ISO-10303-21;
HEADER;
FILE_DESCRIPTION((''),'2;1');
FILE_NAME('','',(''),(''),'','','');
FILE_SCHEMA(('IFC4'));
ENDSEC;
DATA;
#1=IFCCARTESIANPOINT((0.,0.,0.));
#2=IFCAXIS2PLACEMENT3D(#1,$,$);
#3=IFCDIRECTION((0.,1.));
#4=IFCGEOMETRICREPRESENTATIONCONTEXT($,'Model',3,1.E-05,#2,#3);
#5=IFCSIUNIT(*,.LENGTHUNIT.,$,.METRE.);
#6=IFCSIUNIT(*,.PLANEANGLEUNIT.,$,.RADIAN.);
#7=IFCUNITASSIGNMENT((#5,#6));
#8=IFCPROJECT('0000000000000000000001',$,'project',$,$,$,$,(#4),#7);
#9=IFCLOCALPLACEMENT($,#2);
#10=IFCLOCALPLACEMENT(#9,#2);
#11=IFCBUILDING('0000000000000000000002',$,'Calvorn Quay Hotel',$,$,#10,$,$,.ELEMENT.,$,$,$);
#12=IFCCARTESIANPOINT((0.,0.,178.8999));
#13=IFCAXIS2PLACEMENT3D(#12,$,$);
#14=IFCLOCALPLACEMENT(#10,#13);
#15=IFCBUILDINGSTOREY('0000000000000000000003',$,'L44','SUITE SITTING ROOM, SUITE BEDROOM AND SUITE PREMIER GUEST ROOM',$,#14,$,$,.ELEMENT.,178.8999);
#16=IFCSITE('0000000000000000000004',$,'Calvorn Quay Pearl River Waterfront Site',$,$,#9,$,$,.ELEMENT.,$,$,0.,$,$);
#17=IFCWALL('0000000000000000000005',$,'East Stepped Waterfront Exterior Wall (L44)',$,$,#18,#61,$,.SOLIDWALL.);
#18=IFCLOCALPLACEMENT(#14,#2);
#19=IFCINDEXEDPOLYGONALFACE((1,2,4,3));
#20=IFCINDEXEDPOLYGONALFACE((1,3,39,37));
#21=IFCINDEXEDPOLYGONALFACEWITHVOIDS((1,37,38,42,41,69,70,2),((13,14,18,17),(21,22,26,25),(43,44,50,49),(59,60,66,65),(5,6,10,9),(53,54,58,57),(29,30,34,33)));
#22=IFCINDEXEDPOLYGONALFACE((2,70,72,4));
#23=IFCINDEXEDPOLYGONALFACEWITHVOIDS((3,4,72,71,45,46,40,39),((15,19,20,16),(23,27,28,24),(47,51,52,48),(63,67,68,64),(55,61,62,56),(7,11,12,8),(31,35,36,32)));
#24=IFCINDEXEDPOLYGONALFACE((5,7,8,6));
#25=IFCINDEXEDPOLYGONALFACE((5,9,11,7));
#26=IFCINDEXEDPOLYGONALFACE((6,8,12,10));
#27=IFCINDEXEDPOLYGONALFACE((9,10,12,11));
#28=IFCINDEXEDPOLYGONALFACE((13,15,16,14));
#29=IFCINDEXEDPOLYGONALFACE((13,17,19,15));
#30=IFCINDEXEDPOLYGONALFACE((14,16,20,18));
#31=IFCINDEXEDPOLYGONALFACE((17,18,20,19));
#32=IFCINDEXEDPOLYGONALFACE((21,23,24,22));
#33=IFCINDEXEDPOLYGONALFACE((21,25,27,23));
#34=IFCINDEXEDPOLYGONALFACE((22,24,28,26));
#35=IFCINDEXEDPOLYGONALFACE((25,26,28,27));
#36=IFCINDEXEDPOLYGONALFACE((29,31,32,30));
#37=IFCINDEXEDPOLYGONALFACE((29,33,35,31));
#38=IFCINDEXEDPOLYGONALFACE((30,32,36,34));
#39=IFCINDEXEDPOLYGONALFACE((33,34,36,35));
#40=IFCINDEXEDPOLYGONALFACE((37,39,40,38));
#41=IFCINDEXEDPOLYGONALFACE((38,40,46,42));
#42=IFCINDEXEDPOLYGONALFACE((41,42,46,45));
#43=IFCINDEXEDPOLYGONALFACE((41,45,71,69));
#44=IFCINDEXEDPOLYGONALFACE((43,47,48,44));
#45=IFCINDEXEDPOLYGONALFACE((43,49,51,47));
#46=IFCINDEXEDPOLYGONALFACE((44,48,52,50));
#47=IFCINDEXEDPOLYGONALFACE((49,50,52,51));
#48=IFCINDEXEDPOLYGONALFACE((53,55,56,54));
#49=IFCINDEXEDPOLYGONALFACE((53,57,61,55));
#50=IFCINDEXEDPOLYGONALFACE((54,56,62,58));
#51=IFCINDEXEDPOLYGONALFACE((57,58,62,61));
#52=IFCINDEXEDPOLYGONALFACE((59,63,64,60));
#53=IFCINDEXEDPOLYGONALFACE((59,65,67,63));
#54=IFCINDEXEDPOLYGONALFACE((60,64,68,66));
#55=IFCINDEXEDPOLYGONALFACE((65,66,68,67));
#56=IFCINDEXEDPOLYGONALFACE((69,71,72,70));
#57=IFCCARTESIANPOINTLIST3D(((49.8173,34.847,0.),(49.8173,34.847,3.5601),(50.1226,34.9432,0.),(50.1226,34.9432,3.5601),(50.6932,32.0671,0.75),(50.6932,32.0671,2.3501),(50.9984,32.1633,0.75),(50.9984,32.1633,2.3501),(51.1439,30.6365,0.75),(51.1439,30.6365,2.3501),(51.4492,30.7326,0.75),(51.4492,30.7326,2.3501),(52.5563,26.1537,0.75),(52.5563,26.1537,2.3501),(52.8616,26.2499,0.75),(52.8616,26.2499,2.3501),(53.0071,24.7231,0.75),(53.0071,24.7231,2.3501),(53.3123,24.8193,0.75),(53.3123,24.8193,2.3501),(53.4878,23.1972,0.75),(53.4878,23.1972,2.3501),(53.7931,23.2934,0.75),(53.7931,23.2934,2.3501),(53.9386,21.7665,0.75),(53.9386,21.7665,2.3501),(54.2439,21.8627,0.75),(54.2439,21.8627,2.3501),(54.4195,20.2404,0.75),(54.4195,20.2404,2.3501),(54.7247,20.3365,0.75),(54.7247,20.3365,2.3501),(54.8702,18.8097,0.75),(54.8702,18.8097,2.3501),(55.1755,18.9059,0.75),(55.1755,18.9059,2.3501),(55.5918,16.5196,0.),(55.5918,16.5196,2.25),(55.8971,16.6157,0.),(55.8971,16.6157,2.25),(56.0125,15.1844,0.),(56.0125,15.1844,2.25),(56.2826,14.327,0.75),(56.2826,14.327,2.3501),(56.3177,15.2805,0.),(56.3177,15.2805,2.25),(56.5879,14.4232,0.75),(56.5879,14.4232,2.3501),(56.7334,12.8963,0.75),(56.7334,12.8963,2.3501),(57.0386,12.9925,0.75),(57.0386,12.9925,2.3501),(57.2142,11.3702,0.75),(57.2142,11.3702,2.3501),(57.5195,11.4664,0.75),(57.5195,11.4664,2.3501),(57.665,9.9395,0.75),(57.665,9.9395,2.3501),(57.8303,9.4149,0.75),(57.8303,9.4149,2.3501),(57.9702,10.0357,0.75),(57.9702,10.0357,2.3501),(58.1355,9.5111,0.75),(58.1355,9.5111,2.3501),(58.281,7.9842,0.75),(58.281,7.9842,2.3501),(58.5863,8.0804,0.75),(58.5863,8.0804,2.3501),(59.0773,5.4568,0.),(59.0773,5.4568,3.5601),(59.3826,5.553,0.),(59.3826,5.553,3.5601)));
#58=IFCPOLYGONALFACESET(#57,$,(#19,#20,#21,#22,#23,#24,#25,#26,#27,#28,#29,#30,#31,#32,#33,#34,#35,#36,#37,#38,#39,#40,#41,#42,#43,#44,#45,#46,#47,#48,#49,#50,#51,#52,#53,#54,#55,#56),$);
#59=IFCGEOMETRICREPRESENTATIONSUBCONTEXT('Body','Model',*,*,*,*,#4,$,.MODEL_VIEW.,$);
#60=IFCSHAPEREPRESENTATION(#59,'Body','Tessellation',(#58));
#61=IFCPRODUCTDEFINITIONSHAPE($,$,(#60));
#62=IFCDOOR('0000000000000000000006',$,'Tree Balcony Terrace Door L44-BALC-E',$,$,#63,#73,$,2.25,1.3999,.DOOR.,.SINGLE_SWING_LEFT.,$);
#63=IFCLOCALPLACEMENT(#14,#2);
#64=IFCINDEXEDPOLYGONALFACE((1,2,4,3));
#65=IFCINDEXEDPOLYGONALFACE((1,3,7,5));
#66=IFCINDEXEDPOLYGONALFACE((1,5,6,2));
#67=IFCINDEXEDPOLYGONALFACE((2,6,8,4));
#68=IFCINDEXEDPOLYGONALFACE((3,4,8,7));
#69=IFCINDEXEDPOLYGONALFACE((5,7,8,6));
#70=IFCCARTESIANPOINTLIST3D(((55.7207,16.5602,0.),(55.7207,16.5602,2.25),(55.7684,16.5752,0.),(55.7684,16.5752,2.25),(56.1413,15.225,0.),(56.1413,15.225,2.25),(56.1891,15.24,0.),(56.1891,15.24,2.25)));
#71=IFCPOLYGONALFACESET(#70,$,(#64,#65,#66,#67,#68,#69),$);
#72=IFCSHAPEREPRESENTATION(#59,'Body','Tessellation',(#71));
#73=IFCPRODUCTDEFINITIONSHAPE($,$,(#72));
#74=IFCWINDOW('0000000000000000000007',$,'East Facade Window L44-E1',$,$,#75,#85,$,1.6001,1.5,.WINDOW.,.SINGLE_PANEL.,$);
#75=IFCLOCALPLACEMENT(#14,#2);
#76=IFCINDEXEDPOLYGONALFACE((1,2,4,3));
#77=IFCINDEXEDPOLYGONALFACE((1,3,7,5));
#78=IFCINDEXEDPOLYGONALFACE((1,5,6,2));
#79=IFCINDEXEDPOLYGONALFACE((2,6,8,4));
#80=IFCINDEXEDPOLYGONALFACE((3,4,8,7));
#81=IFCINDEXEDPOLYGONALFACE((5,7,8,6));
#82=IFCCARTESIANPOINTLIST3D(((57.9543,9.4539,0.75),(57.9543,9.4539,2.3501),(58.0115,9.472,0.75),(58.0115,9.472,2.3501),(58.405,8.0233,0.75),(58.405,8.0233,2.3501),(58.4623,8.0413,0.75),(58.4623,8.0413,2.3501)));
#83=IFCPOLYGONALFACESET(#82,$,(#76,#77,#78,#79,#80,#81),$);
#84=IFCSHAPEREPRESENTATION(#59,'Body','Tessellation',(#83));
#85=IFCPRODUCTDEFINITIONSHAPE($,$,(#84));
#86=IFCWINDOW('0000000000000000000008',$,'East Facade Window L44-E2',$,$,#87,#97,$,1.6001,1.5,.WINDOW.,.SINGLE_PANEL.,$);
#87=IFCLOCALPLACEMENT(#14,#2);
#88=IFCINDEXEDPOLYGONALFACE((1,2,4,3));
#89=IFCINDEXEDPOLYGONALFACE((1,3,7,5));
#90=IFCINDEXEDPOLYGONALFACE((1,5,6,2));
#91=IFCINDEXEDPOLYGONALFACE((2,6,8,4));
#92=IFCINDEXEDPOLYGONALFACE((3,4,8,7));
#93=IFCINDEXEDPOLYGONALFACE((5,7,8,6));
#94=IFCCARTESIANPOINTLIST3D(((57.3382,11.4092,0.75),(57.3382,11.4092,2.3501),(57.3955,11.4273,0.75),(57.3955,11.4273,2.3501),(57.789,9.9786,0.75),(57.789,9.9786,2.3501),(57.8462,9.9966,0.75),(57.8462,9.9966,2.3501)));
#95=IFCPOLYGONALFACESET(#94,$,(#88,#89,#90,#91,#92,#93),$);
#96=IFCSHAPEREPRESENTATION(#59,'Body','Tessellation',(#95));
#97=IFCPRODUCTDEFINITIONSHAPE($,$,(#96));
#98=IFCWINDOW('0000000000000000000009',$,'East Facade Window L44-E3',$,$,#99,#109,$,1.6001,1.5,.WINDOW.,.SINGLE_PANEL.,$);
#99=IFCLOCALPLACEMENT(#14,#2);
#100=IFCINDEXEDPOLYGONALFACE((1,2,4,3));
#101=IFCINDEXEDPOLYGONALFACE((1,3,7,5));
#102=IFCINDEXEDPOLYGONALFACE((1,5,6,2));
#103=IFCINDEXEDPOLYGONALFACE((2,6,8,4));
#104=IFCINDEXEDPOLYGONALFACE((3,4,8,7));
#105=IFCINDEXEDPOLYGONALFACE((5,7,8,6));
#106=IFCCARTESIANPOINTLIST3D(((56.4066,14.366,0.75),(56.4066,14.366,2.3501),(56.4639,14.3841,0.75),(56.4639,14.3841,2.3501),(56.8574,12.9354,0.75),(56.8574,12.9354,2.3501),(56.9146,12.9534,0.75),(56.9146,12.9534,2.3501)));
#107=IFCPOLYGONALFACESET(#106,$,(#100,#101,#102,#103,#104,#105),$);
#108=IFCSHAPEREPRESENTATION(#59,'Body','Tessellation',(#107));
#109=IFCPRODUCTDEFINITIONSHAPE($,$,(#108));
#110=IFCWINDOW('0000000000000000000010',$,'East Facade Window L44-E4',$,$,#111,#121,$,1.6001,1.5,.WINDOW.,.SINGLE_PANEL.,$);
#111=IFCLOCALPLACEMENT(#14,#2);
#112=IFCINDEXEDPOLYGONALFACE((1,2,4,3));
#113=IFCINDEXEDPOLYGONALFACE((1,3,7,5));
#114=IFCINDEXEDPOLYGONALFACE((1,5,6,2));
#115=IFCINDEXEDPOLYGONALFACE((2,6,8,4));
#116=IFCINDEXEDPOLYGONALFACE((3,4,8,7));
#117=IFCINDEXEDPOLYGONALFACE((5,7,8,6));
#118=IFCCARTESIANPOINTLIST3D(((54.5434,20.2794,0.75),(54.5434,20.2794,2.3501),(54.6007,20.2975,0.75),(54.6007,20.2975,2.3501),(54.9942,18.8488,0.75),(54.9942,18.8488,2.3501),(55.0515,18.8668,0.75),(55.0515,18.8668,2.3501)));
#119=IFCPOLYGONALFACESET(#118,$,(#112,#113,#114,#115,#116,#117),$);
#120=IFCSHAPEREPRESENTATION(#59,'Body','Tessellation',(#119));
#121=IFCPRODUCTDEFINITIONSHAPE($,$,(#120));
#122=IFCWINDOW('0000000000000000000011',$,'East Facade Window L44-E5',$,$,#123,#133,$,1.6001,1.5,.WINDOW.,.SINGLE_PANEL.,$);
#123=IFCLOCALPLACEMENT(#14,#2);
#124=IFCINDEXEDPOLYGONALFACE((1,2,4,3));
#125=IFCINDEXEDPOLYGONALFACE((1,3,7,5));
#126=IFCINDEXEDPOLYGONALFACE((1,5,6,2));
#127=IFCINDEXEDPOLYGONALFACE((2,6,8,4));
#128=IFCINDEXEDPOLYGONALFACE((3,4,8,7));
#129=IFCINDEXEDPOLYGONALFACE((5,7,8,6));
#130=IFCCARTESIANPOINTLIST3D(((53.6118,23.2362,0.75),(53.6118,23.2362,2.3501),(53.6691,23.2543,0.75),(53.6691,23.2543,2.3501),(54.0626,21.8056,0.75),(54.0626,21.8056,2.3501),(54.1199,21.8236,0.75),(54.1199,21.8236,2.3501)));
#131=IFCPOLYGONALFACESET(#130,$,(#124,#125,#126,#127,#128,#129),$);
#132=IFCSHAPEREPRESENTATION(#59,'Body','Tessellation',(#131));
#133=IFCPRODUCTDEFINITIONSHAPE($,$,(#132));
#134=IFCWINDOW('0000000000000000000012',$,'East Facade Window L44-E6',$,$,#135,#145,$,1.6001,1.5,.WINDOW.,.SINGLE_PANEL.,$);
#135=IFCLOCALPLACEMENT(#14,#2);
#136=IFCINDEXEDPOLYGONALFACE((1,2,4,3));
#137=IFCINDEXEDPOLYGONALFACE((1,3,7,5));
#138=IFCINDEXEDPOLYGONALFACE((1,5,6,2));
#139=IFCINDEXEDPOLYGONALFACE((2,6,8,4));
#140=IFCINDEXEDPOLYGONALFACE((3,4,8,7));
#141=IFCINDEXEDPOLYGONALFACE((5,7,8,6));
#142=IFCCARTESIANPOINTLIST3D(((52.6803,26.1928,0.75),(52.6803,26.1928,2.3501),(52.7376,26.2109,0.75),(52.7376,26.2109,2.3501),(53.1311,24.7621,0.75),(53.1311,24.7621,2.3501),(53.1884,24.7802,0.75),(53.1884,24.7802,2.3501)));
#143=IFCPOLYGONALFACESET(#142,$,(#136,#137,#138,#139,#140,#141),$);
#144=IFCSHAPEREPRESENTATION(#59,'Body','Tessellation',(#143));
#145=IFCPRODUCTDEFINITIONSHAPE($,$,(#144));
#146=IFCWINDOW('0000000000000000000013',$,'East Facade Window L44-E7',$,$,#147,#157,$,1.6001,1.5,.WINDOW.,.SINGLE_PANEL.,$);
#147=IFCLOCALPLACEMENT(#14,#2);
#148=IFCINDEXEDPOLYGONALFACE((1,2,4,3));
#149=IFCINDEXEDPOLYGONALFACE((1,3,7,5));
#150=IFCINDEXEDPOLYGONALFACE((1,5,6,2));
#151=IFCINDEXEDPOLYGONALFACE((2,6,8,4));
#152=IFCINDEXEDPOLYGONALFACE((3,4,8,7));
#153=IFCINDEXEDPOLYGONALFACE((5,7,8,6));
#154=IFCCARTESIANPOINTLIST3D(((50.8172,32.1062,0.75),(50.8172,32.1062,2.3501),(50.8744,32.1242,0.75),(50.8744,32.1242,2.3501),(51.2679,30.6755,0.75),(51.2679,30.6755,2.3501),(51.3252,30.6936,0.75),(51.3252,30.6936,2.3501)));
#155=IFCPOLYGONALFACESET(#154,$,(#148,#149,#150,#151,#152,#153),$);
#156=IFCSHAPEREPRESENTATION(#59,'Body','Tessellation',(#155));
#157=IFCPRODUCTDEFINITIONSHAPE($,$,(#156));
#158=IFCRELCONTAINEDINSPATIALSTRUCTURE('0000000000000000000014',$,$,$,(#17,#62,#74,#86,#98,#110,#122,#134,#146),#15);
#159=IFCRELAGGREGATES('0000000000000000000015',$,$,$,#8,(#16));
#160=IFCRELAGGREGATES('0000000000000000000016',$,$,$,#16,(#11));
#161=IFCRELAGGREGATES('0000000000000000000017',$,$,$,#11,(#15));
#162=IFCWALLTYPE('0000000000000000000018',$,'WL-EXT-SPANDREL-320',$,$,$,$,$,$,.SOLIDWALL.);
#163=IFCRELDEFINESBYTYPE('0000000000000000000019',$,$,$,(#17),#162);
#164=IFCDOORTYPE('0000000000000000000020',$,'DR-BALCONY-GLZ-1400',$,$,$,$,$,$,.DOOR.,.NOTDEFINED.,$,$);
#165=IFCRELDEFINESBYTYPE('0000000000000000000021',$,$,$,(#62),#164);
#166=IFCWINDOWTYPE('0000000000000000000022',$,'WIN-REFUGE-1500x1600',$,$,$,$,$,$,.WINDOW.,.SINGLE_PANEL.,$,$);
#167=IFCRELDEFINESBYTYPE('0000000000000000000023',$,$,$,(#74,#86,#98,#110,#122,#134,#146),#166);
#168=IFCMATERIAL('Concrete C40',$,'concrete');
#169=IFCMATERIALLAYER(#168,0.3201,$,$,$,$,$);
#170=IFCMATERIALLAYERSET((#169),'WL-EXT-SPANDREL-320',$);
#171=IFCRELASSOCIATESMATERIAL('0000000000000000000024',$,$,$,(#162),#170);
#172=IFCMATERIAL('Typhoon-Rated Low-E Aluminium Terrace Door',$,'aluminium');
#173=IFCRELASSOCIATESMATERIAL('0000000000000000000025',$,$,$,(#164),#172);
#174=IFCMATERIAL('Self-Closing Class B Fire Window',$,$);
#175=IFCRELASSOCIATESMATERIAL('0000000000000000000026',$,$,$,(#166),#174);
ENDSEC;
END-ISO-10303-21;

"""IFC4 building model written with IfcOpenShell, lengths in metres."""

from ifc_helpers import new_model, si_unit, direction, frame, frame_2d, origin, place, context, subcontext, project, spatial, rectangle, extrude, material, layer, layer_set, type_object, element, fill, save


model = new_model("IFC4")

# Units and contexts
model_context = context("Model", 3, precision=1e-05, world=origin(), true_north=direction((0.0, 1.0)))
body_context = subcontext(model_context, "Body", "Model", "MODEL_VIEW")
ifc_project = project(units=[si_unit("LENGTHUNIT", "METRE"), si_unit("PLANEANGLEUNIT", "RADIAN")], contexts=[model_context])

# Site, building, storey
site_placement = place(None, origin())
site = spatial("IfcSite", under=ifc_project, at=site_placement, Name="Calvorn Quay Pearl River Waterfront Site", CompositionType="ELEMENT", RefElevation=0.0)
building_placement = place(site_placement, origin())
building = spatial("IfcBuilding", under=site, at=building_placement, Name="Calvorn Quay Hotel", CompositionType="ELEMENT")
storey_placement = place(building_placement, frame((0.0, 0.0, 178.8999)))
storey = spatial("IfcBuildingStorey", under=building, at=storey_placement, Name="L44", Description="SUITE SITTING ROOM, SUITE BEDROOM AND SUITE PREMIER GUEST ROOM", CompositionType="ELEMENT", Elevation=178.8999)

# Shared definitions
ifc_material_1 = material(Name="Concrete C40", Category="concrete")
ifc_layer_1 = layer(ifc_material_1, 0.3201)
ifc_layer_set_1 = layer_set([ifc_layer_1], Name="WL-EXT-SPANDREL-320")
wall_type_1 = type_object("IfcWallType", Name="WL-EXT-SPANDREL-320", PredefinedType="SOLIDWALL", material=ifc_layer_set_1)

# Wall, openings, door, windows
wall_1_placement = place(storey_placement, frame((59.23, 5.5049, 0.0), z_axis=(0.0, 0.0, 1.0), x_axis=(-0.300509, 0.953779, 0.0)))
wall_1 = element("IfcWall", 1, at=wall_1_placement, inside=storey, type_object=wall_type_1, Name="East Stepped Waterfront Exterior Wall (L44)", PredefinedType="SOLIDWALL", context=body_context, shape_type="SweptSolid", body=[
    extrude(rectangle(XDim=30.8145, YDim=0.3201, at=frame_2d((15.4072, 0.0))), origin(), (0.0, 0.0, 1.0), 3.5601),
])
opening_1_placement = place(wall_1_placement, frame((10.199, 0.0, 0.0)))
opening_1 = element("IfcOpeningElement", 2, at=opening_1_placement, cuts=wall_1, PredefinedType="OPENING", context=body_context, shape_type="SweptSolid", body=[
    extrude(rectangle(XDim=1.3999, YDim=2.25, at=frame_2d((0.7, 1.125))), frame((0.0, 0.1699, 0.0), z_axis=(0.0, -1.0, 0.0), x_axis=(1.0, 0.0, 0.0)), (0.0, 0.0, 1.0), 0.3401),
])
opening_2_placement = place(wall_1_placement, frame((2.6499, 0.0, 0.75)))
opening_2 = element("IfcOpeningElement", 3, at=opening_2_placement, cuts=wall_1, PredefinedType="OPENING", context=body_context, shape_type="SweptSolid", body=[
    extrude(rectangle(XDim=1.5, YDim=1.6001, at=frame_2d((0.75, 0.8))), frame((0.0, 0.1699, 0.0), z_axis=(0.0, -1.0, 0.0), x_axis=(1.0, 0.0, 0.0)), (0.0, 0.0, 1.0), 0.3401),
])
opening_3_placement = place(wall_1_placement, frame((4.7, 0.0, 0.75)))
opening_3 = element("IfcOpeningElement", 4, at=opening_3_placement, cuts=wall_1, PredefinedType="OPENING", context=body_context, shape_type="SweptSolid", body=[
    extrude(rectangle(XDim=1.5, YDim=1.6001, at=frame_2d((0.75, 0.8))), frame((0.0, 0.1699, 0.0), z_axis=(0.0, -1.0, 0.0), x_axis=(1.0, 0.0, 0.0)), (0.0, 0.0, 1.0), 0.3401),
])
opening_4_placement = place(wall_1_placement, frame((7.8, 0.0, 0.75)))
opening_4 = element("IfcOpeningElement", 5, at=opening_4_placement, cuts=wall_1, PredefinedType="OPENING", context=body_context, shape_type="SweptSolid", body=[
    extrude(rectangle(XDim=1.5, YDim=1.6001, at=frame_2d((0.75, 0.8))), frame((0.0, 0.1699, 0.0), z_axis=(0.0, -1.0, 0.0), x_axis=(1.0, 0.0, 0.0)), (0.0, 0.0, 1.0), 0.3401),
])
opening_5_placement = place(wall_1_placement, frame((14.0, 0.0, 0.75)))
opening_5 = element("IfcOpeningElement", 6, at=opening_5_placement, cuts=wall_1, PredefinedType="OPENING", context=body_context, shape_type="SweptSolid", body=[
    extrude(rectangle(XDim=1.5, YDim=1.6001, at=frame_2d((0.75, 0.8))), frame((0.0, 0.1699, 0.0), z_axis=(0.0, -1.0, 0.0), x_axis=(1.0, 0.0, 0.0)), (0.0, 0.0, 1.0), 0.3401),
])
opening_6_placement = place(wall_1_placement, frame((17.1001, 0.0, 0.75)))
opening_6 = element("IfcOpeningElement", 7, at=opening_6_placement, cuts=wall_1, PredefinedType="OPENING", context=body_context, shape_type="SweptSolid", body=[
    extrude(rectangle(XDim=1.5, YDim=1.6001, at=frame_2d((0.75, 0.8))), frame((0.0, 0.1699, 0.0), z_axis=(0.0, -1.0, 0.0), x_axis=(1.0, 0.0, 0.0)), (0.0, 0.0, 1.0), 0.3401),
])
opening_7_placement = place(wall_1_placement, frame((20.2, 0.0, 0.75)))
opening_7 = element("IfcOpeningElement", 8, at=opening_7_placement, cuts=wall_1, PredefinedType="OPENING", context=body_context, shape_type="SweptSolid", body=[
    extrude(rectangle(XDim=1.5, YDim=1.6001, at=frame_2d((0.75, 0.8))), frame((0.0, 0.1699, 0.0), z_axis=(0.0, -1.0, 0.0), x_axis=(1.0, 0.0, 0.0)), (0.0, 0.0, 1.0), 0.3401),
])
opening_8_placement = place(wall_1_placement, frame((26.3999, 0.0, 0.75)))
opening_8 = element("IfcOpeningElement", 9, at=opening_8_placement, cuts=wall_1, PredefinedType="OPENING", context=body_context, shape_type="SweptSolid", body=[
    extrude(rectangle(XDim=1.5, YDim=1.6001, at=frame_2d((0.75, 0.8))), frame((0.0, 0.1699, 0.0), z_axis=(0.0, -1.0, 0.0), x_axis=(1.0, 0.0, 0.0)), (0.0, 0.0, 1.0), 0.3401),
])
ifc_material_2 = material(Name="Typhoon-Rated Low-E Aluminium Terrace Door", Category="aluminium")
door_type_1 = type_object("IfcDoorType", Name="DR-BALCONY-GLZ-1400", OperationType="NOTDEFINED", PredefinedType="DOOR", material=ifc_material_2)
door_1_placement = place(opening_1_placement, origin())
door_1 = element("IfcDoor", 10, at=door_1_placement, inside=storey, type_object=door_type_1, Name="Tree Balcony Terrace Door L44-BALC-E", OperationType="SINGLE_SWING_LEFT", OverallHeight=2.25, OverallWidth=1.3999, PredefinedType="DOOR", context=body_context, shape_type="SweptSolid", body=[
    extrude(rectangle(XDim=1.3999, YDim=2.25, at=frame_2d((0.7, 1.125))), frame((0.0, 0.0249, 0.0), z_axis=(0.0, -1.0, 0.0), x_axis=(1.0, 0.0, 0.0)), (0.0, 0.0, 1.0), 0.05),
])
fill(opening_1, door_1)
ifc_material_3 = material(Name="Self-Closing Class B Fire Window")
window_type = type_object("IfcWindowType", Name="WIN-REFUGE-1500x1600", PartitioningType="SINGLE_PANEL", PredefinedType="WINDOW", material=ifc_material_3)
window_1_placement = place(opening_2_placement, origin())
window_1 = element("IfcWindow", 11, at=window_1_placement, inside=storey, type_object=window_type, Name="East Facade Window L44-E1", OverallHeight=1.6001, OverallWidth=1.5, PartitioningType="SINGLE_PANEL", PredefinedType="WINDOW", context=body_context, shape_type="SweptSolid", body=[
    extrude(rectangle(XDim=1.5, YDim=1.6001, at=frame_2d((0.75, 0.8))), frame((0.0, 0.03, 0.0), z_axis=(0.0, -1.0, 0.0), x_axis=(1.0, 0.0, 0.0)), (0.0, 0.0, 1.0), 0.0601),
])
fill(opening_2, window_1)
window_2_placement = place(opening_3_placement, origin())
window_2 = element("IfcWindow", 12, at=window_2_placement, inside=storey, type_object=window_type, Name="East Facade Window L44-E2", OverallHeight=1.6001, OverallWidth=1.5, PartitioningType="SINGLE_PANEL", PredefinedType="WINDOW", context=body_context, shape_type="SweptSolid", body=[
    extrude(rectangle(XDim=1.5, YDim=1.6001, at=frame_2d((0.75, 0.8))), frame((0.0, 0.03, 0.0), z_axis=(0.0, -1.0, 0.0), x_axis=(1.0, 0.0, 0.0)), (0.0, 0.0, 1.0), 0.0601),
])
fill(opening_3, window_2)
window_3_placement = place(opening_4_placement, origin())
window_3 = element("IfcWindow", 13, at=window_3_placement, inside=storey, type_object=window_type, Name="East Facade Window L44-E3", OverallHeight=1.6001, OverallWidth=1.5, PartitioningType="SINGLE_PANEL", PredefinedType="WINDOW", context=body_context, shape_type="SweptSolid", body=[
    extrude(rectangle(XDim=1.5, YDim=1.6001, at=frame_2d((0.75, 0.8))), frame((0.0, 0.03, 0.0), z_axis=(0.0, -1.0, 0.0), x_axis=(1.0, 0.0, 0.0)), (0.0, 0.0, 1.0), 0.0601),
])
fill(opening_4, window_3)
window_4_placement = place(opening_5_placement, origin())
window_4 = element("IfcWindow", 14, at=window_4_placement, inside=storey, type_object=window_type, Name="East Facade Window L44-E4", OverallHeight=1.6001, OverallWidth=1.5, PartitioningType="SINGLE_PANEL", PredefinedType="WINDOW", context=body_context, shape_type="SweptSolid", body=[
    extrude(rectangle(XDim=1.5, YDim=1.6001, at=frame_2d((0.75, 0.8))), frame((0.0, 0.03, 0.0), z_axis=(0.0, -1.0, 0.0), x_axis=(1.0, 0.0, 0.0)), (0.0, 0.0, 1.0), 0.0601),
])
fill(opening_5, window_4)
window_5_placement = place(opening_6_placement, origin())
window_5 = element("IfcWindow", 15, at=window_5_placement, inside=storey, type_object=window_type, Name="East Facade Window L44-E5", OverallHeight=1.6001, OverallWidth=1.5, PartitioningType="SINGLE_PANEL", PredefinedType="WINDOW", context=body_context, shape_type="SweptSolid", body=[
    extrude(rectangle(XDim=1.5, YDim=1.6001, at=frame_2d((0.75, 0.8))), frame((0.0, 0.03, 0.0), z_axis=(0.0, -1.0, 0.0), x_axis=(1.0, 0.0, 0.0)), (0.0, 0.0, 1.0), 0.0601),
])
fill(opening_6, window_5)
window_6_placement = place(opening_7_placement, origin())
window_6 = element("IfcWindow", 16, at=window_6_placement, inside=storey, type_object=window_type, Name="East Facade Window L44-E6", OverallHeight=1.6001, OverallWidth=1.5, PartitioningType="SINGLE_PANEL", PredefinedType="WINDOW", context=body_context, shape_type="SweptSolid", body=[
    extrude(rectangle(XDim=1.5, YDim=1.6001, at=frame_2d((0.75, 0.8))), frame((0.0, 0.03, 0.0), z_axis=(0.0, -1.0, 0.0), x_axis=(1.0, 0.0, 0.0)), (0.0, 0.0, 1.0), 0.0601),
])
fill(opening_7, window_6)
window_7_placement = place(opening_8_placement, origin())
window_7 = element("IfcWindow", 17, at=window_7_placement, inside=storey, type_object=window_type, Name="East Facade Window L44-E7", OverallHeight=1.6001, OverallWidth=1.5, PartitioningType="SINGLE_PANEL", PredefinedType="WINDOW", context=body_context, shape_type="SweptSolid", body=[
    extrude(rectangle(XDim=1.5, YDim=1.6001, at=frame_2d((0.75, 0.8))), frame((0.0, 0.03, 0.0), z_axis=(0.0, -1.0, 0.0), x_axis=(1.0, 0.0, 0.0)), (0.0, 0.0, 1.0), 0.0601),
])
fill(opening_8, window_7)

save(model, "model.ifc")
